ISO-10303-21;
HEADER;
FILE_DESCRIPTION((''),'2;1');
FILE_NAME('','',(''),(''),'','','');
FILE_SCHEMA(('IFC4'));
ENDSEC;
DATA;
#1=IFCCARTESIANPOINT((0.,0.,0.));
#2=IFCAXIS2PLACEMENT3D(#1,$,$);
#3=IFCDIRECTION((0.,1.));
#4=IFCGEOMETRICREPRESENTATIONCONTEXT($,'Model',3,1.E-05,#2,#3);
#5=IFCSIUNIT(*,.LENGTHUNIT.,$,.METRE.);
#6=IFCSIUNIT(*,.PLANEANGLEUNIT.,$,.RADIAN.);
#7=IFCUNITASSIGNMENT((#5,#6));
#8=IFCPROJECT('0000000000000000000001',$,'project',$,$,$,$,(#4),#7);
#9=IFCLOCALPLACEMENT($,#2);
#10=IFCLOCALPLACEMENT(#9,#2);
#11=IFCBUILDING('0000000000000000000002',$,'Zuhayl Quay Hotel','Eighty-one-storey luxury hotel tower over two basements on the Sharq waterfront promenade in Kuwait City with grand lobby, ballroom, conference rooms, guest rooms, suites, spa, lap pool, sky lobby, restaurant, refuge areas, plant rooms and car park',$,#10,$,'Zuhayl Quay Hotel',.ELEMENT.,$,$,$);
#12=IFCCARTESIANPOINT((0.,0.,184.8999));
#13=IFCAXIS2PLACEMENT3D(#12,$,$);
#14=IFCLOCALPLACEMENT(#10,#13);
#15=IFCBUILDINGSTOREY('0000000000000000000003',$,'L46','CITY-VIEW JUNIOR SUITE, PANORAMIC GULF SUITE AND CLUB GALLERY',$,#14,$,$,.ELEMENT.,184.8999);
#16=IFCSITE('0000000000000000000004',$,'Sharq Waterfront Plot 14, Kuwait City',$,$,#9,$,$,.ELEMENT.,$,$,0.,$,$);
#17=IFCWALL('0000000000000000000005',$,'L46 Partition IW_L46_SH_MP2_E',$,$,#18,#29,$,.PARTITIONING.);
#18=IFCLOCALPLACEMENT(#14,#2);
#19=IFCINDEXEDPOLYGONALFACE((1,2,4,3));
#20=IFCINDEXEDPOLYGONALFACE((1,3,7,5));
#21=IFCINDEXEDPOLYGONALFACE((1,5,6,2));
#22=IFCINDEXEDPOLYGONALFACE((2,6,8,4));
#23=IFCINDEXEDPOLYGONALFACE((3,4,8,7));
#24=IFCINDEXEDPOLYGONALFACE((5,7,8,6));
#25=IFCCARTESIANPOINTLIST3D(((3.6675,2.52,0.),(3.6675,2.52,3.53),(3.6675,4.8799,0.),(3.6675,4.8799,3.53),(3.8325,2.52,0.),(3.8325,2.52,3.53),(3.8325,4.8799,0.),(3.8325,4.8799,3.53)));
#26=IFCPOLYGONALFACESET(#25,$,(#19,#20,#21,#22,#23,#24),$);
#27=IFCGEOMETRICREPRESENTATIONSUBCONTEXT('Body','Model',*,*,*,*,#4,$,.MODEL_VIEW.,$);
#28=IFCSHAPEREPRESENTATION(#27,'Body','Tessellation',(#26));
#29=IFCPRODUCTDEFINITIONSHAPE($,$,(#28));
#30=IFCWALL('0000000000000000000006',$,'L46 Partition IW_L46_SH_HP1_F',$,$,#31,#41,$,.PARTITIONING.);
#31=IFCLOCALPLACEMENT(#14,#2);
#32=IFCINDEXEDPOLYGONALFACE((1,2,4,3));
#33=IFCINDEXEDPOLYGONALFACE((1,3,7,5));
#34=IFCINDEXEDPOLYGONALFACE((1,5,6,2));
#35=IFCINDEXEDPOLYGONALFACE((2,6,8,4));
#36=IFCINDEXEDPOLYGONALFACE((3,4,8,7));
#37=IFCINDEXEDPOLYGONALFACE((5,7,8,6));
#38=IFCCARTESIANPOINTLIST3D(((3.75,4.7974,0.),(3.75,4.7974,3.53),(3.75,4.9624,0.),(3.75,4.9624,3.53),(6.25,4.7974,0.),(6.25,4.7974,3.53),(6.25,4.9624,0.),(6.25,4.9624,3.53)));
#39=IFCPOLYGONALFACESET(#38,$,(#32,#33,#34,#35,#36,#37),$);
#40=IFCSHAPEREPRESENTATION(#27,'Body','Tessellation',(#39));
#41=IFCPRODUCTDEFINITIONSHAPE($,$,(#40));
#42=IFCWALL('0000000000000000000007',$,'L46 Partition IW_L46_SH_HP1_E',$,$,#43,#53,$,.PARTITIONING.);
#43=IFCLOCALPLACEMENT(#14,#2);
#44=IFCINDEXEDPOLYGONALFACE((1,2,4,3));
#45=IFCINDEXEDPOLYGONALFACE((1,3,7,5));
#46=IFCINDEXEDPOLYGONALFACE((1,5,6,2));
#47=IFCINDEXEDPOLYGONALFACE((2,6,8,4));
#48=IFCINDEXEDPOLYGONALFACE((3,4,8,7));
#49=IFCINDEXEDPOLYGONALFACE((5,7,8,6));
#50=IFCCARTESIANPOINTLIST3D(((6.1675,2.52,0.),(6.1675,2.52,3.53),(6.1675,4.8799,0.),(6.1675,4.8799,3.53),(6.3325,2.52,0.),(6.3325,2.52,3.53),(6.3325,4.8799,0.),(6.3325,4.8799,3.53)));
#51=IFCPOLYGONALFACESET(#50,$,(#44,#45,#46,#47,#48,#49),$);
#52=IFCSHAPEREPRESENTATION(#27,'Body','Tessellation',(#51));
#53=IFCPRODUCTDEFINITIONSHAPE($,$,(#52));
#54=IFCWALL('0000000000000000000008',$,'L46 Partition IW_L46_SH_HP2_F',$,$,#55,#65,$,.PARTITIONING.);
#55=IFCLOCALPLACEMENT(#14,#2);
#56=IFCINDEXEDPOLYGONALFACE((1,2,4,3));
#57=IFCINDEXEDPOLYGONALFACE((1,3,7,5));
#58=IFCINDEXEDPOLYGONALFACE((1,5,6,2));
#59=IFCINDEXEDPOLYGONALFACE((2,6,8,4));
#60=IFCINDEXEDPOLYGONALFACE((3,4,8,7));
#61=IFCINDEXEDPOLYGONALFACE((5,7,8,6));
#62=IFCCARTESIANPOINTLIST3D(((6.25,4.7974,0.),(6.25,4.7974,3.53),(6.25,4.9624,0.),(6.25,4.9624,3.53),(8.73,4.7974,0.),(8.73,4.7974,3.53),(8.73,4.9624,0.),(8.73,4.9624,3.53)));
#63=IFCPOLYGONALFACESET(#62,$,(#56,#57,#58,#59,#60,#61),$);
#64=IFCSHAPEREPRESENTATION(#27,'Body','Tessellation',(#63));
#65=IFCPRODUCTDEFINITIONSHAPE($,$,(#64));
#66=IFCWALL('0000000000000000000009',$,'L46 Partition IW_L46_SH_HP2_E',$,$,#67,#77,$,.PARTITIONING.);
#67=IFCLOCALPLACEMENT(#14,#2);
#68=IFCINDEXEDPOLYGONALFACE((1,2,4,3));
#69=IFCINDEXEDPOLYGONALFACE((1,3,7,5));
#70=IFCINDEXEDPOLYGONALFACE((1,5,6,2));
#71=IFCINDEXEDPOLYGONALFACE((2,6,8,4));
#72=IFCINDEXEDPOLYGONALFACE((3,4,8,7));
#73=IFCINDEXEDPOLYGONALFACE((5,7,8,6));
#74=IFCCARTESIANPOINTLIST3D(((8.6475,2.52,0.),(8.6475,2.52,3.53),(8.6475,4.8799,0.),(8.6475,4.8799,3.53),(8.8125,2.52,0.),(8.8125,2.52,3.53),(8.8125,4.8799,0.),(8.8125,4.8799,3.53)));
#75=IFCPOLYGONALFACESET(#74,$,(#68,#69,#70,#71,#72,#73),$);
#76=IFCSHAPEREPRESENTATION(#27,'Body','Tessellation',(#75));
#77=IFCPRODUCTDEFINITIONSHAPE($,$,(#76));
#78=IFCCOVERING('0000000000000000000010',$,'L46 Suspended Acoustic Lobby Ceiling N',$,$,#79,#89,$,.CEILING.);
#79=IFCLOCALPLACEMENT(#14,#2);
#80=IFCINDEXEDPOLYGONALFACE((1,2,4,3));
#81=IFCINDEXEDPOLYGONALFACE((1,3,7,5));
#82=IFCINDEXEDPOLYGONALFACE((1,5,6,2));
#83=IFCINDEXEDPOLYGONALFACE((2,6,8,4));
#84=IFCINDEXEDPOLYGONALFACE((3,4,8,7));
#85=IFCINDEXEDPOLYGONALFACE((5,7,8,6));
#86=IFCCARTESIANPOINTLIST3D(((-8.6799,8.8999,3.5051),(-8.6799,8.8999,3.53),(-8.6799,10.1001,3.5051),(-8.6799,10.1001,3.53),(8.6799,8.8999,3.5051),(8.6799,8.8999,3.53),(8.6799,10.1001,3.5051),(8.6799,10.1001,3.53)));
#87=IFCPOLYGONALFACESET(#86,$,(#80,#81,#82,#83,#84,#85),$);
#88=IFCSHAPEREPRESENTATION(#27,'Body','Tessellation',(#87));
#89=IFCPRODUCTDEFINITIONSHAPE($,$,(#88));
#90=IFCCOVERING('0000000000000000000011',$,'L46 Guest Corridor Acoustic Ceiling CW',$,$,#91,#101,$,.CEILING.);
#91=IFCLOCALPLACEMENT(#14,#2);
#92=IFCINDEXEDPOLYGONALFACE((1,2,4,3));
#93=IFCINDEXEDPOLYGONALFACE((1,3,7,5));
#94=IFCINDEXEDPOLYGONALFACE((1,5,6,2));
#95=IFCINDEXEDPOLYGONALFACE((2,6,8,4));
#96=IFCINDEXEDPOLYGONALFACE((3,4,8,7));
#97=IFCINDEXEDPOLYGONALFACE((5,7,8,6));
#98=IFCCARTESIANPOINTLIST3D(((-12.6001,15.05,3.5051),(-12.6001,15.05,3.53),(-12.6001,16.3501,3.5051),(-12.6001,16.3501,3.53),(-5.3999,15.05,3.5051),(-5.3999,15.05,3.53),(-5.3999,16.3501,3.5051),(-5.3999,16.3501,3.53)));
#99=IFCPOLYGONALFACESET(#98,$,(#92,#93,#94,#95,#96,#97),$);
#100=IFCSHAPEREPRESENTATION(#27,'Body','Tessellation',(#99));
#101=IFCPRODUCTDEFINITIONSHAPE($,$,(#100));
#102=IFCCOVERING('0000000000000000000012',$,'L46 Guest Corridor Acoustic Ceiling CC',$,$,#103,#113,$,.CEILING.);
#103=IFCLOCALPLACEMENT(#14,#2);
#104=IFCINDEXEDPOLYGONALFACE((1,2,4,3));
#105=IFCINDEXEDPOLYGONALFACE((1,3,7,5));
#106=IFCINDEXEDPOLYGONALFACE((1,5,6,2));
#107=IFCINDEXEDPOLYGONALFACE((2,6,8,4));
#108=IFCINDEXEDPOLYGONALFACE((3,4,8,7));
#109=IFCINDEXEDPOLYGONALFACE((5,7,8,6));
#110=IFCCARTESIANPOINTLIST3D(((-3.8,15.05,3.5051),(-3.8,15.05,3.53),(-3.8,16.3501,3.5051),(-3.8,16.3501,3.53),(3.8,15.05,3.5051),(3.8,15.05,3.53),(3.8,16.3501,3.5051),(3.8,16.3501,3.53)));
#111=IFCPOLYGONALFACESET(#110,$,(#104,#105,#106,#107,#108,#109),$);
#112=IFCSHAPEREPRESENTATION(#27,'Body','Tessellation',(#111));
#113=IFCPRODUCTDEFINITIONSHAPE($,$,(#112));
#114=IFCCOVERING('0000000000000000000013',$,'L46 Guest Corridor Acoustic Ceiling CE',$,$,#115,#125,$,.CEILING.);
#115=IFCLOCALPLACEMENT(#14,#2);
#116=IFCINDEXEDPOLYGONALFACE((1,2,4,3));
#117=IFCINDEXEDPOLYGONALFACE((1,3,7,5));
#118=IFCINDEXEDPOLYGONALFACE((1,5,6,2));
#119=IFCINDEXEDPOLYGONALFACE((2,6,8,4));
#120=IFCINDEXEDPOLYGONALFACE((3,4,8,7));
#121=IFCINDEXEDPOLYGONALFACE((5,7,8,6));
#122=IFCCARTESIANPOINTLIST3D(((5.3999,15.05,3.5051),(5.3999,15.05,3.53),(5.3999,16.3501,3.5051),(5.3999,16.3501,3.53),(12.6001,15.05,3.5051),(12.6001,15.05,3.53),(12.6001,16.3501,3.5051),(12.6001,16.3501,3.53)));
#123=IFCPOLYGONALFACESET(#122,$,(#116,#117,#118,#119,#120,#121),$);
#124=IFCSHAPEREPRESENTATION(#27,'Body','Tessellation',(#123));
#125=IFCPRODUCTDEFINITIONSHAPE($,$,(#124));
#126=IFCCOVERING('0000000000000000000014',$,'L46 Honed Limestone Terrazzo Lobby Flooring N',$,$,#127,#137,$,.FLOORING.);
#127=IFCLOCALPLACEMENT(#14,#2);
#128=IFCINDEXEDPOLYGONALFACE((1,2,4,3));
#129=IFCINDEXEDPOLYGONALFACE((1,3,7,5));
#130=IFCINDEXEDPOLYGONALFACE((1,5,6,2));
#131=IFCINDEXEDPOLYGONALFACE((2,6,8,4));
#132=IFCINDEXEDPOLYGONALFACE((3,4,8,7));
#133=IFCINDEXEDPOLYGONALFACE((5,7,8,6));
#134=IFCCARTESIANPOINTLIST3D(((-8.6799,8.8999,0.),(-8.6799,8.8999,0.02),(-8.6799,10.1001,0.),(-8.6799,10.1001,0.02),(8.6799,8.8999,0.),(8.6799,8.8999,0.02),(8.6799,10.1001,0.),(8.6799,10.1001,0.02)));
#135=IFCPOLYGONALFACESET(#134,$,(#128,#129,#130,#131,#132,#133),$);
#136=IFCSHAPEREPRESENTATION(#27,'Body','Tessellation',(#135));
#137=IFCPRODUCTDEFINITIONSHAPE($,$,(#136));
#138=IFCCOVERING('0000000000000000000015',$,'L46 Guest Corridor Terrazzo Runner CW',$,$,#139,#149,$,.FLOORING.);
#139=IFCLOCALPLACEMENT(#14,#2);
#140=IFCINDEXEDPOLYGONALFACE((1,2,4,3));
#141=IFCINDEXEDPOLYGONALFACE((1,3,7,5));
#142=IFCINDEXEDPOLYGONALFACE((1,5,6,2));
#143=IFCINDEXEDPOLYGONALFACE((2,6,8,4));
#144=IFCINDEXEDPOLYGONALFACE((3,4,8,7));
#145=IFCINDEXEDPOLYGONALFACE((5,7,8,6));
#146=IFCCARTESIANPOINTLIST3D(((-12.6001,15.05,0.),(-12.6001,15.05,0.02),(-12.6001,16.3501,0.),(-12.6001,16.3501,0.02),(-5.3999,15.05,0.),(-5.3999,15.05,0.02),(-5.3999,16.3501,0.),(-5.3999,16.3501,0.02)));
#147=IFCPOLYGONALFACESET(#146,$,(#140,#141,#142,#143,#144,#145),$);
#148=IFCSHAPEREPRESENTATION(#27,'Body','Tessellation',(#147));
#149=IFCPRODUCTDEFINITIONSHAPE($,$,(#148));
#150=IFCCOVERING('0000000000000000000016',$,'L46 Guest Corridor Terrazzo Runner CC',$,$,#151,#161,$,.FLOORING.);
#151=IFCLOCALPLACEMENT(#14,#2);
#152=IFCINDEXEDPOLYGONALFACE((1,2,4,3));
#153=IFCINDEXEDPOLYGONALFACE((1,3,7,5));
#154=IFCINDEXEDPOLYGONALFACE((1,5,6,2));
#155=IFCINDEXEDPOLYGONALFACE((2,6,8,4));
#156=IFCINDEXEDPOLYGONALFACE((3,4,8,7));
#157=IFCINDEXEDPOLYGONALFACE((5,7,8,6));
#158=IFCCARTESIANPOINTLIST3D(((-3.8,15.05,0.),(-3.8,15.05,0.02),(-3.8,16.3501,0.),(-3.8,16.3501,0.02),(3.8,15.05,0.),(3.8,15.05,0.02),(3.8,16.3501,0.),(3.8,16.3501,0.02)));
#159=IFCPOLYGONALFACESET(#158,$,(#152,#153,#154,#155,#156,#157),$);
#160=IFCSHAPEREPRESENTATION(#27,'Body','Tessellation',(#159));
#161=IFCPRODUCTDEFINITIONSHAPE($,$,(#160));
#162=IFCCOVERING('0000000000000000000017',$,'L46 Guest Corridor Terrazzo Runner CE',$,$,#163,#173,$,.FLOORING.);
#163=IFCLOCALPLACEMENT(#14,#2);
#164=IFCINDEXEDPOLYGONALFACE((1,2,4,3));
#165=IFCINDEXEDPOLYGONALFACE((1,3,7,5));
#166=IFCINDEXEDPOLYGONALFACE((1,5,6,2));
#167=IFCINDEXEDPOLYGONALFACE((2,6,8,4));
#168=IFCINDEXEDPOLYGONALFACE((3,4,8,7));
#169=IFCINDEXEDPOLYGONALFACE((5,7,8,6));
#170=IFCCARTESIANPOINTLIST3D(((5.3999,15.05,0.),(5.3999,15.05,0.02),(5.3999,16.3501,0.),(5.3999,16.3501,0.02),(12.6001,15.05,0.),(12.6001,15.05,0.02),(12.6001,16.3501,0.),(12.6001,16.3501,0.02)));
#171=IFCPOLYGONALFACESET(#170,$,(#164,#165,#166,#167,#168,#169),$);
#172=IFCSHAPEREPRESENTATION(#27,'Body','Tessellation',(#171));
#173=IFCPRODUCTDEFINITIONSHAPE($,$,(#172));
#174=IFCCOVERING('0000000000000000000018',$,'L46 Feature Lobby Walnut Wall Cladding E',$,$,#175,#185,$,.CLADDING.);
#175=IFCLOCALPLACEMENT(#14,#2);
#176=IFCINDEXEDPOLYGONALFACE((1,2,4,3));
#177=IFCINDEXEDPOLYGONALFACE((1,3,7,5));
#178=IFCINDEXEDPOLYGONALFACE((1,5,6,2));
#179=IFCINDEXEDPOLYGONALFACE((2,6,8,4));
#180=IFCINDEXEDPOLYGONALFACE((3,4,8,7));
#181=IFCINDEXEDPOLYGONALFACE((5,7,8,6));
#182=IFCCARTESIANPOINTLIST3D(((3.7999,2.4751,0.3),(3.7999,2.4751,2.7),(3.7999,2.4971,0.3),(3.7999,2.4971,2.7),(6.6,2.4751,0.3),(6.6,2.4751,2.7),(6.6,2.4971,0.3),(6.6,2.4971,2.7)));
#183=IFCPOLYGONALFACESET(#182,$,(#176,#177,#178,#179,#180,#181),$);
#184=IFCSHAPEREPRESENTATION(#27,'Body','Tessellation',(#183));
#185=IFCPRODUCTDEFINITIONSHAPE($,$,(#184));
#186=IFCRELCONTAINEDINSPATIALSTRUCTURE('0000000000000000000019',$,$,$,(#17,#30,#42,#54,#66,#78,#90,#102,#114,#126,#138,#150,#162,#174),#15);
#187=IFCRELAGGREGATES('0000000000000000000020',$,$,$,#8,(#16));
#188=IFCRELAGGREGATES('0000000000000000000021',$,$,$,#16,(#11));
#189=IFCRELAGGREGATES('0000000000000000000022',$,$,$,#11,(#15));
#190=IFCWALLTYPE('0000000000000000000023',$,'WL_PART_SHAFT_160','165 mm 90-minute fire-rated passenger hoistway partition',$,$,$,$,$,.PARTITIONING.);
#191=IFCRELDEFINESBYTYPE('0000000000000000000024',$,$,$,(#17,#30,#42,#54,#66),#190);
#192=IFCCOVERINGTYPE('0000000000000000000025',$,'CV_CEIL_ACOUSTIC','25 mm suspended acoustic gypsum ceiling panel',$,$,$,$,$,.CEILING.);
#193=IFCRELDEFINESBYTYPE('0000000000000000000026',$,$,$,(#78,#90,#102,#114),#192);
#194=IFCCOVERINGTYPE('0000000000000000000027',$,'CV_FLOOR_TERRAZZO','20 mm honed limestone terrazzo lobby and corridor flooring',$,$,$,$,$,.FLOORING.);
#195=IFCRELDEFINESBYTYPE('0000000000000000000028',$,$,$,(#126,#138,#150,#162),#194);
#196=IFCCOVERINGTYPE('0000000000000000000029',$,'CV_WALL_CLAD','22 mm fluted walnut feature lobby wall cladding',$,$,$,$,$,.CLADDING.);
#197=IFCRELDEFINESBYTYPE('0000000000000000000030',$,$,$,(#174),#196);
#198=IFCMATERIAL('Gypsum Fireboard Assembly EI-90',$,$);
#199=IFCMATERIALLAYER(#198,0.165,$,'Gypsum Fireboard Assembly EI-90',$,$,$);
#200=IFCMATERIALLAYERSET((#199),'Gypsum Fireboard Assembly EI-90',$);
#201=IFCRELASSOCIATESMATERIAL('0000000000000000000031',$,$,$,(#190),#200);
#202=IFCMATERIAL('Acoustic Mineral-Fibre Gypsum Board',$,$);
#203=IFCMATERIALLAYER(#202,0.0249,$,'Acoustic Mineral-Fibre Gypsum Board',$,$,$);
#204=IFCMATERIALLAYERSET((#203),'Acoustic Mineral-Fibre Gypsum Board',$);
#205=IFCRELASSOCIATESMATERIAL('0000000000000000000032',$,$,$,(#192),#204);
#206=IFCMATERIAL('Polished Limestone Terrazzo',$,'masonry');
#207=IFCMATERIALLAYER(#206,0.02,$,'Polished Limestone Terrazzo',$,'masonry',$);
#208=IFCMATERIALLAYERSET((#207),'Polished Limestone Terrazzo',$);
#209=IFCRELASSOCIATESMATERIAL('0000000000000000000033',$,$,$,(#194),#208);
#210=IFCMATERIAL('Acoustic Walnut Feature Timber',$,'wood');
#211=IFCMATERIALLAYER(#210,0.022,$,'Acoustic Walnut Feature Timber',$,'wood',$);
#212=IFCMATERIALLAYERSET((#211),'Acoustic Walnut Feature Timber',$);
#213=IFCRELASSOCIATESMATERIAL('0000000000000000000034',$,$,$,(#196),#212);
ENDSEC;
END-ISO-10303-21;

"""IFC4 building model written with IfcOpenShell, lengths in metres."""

from ifc_helpers import new_model, si_unit, direction, frame, frame_2d, origin, origin_2d, place, context, subcontext, project, spatial, polyline, rectangle, outline, extrude, material, layer, layer_set, type_object, element, save


model = new_model("IFC4")

# Units and contexts
model_context = context("Model", 3, precision=1e-05, world=origin(), true_north=direction((0.0, 1.0)))
body_context = subcontext(model_context, "Body", "Model", "MODEL_VIEW")
ifc_project = project(units=[si_unit("LENGTHUNIT", "METRE"), si_unit("PLANEANGLEUNIT", "RADIAN")], contexts=[model_context])

# Site, building, storey
site_placement = place(None, origin())
site = spatial("IfcSite", under=ifc_project, at=site_placement, Name="Sharq Waterfront Plot 14, Kuwait City", CompositionType="ELEMENT", RefElevation=0.0)
building_placement = place(site_placement, origin())
building = spatial("IfcBuilding", under=site, at=building_placement, Name="Zuhayl Quay Hotel", Description="Eighty-one-storey luxury hotel tower over two basements on the Sharq waterfront promenade in Kuwait City with grand lobby, ballroom, conference rooms, guest rooms, suites, spa, lap pool, sky lobby, restaurant, refuge areas, plant rooms and car park", LongName="Zuhayl Quay Hotel", CompositionType="ELEMENT")
storey_placement = place(building_placement, frame((0.0, 0.0, 184.8999)))
storey = spatial("IfcBuildingStorey", under=building, at=storey_placement, Name="L46", Description="CITY-VIEW JUNIOR SUITE, PANORAMIC GULF SUITE AND CLUB GALLERY", CompositionType="ELEMENT", Elevation=184.8999)

# Shared definitions
ifc_material_1 = material(Name="Gypsum Fireboard Assembly EI-90")
ifc_layer_1 = layer(ifc_material_1, 0.165, Name="Gypsum Fireboard Assembly EI-90")
ifc_layer_set_1 = layer_set([ifc_layer_1], Name="Gypsum Fireboard Assembly EI-90")
wall_type_1 = type_object("IfcWallType", Name="WL_PART_SHAFT_160", Description="165 mm 90-minute fire-rated passenger hoistway partition", PredefinedType="PARTITIONING", material=ifc_layer_set_1)

# Walls
for number, where, z_axis, x_axis, name in (
    (1, (3.75, 2.52, 0.0), (0.0, 0.0, 1.0), (0.0, 1.0, 0.0), "L46 Partition IW_L46_SH_MP2_E"),
):
    element("IfcWall", number, at=place(storey_placement, frame(where, z_axis=z_axis, x_axis=x_axis)), inside=storey, type_object=wall_type_1, Name=name, PredefinedType="PARTITIONING", context=body_context, shape_type="SweptSolid", body=[
        extrude(rectangle(XDim=2.3599, YDim=0.165, at=frame_2d((1.1799, 0.0))), origin(), (0.0, 0.0, 1.0), 3.53),
    ])
wall_1_placement = place(storey_placement, frame((3.75, 4.8799, 0.0), z_axis=(0.0, 0.0, 1.0), x_axis=(1.0, 0.0, 0.0)))
element("IfcWall", 2, at=wall_1_placement, inside=storey, type_object=wall_type_1, Name="L46 Partition IW_L46_SH_HP1_F", PredefinedType="PARTITIONING", context=body_context, shape_type="SweptSolid", body=[
    extrude(rectangle(XDim=2.5, YDim=0.165, at=frame_2d((1.25, 0.0))), origin(), (0.0, 0.0, 1.0), 3.53),
])
wall_2_placement = place(storey_placement, frame((6.25, 2.52, 0.0), z_axis=(0.0, 0.0, 1.0), x_axis=(0.0, 1.0, 0.0)))
element("IfcWall", 3, at=wall_2_placement, inside=storey, type_object=wall_type_1, Name="L46 Partition IW_L46_SH_HP1_E", PredefinedType="PARTITIONING", context=body_context, shape_type="SweptSolid", body=[
    extrude(rectangle(XDim=2.3599, YDim=0.165, at=frame_2d((1.1799, 0.0))), origin(), (0.0, 0.0, 1.0), 3.53),
])
wall_3_placement = place(storey_placement, frame((6.25, 4.8799, 0.0), z_axis=(0.0, 0.0, 1.0), x_axis=(1.0, 0.0, 0.0)))
element("IfcWall", 4, at=wall_3_placement, inside=storey, type_object=wall_type_1, Name="L46 Partition IW_L46_SH_HP2_F", PredefinedType="PARTITIONING", context=body_context, shape_type="SweptSolid", body=[
    extrude(rectangle(XDim=2.48, YDim=0.165, at=frame_2d((1.24, 0.0))), origin(), (0.0, 0.0, 1.0), 3.53),
])
wall_4_placement = place(storey_placement, frame((8.73, 2.52, 0.0), z_axis=(0.0, 0.0, 1.0), x_axis=(0.0, 1.0, 0.0)))
element("IfcWall", 5, at=wall_4_placement, inside=storey, type_object=wall_type_1, Name="L46 Partition IW_L46_SH_HP2_E", PredefinedType="PARTITIONING", context=body_context, shape_type="SweptSolid", body=[
    extrude(rectangle(XDim=2.3599, YDim=0.165, at=frame_2d((1.1799, 0.0))), origin(), (0.0, 0.0, 1.0), 3.53),
])

# Coverings
ifc_material_2 = material(Name="Acoustic Mineral-Fibre Gypsum Board")
ifc_layer_2 = layer(ifc_material_2, 0.0249, Name="Acoustic Mineral-Fibre Gypsum Board")
ifc_layer_set_2 = layer_set([ifc_layer_2], Name="Acoustic Mineral-Fibre Gypsum Board")
covering_type_1 = type_object("IfcCoveringType", Name="CV_CEIL_ACOUSTIC", Description="25 mm suspended acoustic gypsum ceiling panel", PredefinedType="CEILING", material=ifc_layer_set_2)
covering_1_placement = place(storey_placement, frame((0.0, 0.0, 3.5051)))
element("IfcCovering", 6, at=covering_1_placement, inside=storey, type_object=covering_type_1, Name="L46 Suspended Acoustic Lobby Ceiling N", PredefinedType="CEILING", context=body_context, shape_type="SweptSolid", body=[
    extrude(outline(polyline([(-8.6799, 8.8999), (8.6799, 8.8999), (8.6799, 10.1001), (-8.6799, 10.1001), (-8.6799, 8.8999)])), origin(), (0.0, 0.0, 1.0), 0.0249),
])
covering_2_placement = place(storey_placement, frame((0.0, 0.0, 3.5051)))
element("IfcCovering", 7, at=covering_2_placement, inside=storey, type_object=covering_type_1, Name="L46 Guest Corridor Acoustic Ceiling CW", PredefinedType="CEILING", context=body_context, shape_type="SweptSolid", body=[
    extrude(outline(polyline([(-12.6001, 15.05), (-5.3999, 15.05), (-5.3999, 16.3501), (-12.6001, 16.3501), (-12.6001, 15.05)])), origin(), (0.0, 0.0, 1.0), 0.0249),
])
covering_3_placement = place(storey_placement, frame((0.0, 0.0, 3.5051)))
element("IfcCovering", 8, at=covering_3_placement, inside=storey, type_object=covering_type_1, Name="L46 Guest Corridor Acoustic Ceiling CC", PredefinedType="CEILING", context=body_context, shape_type="SweptSolid", body=[
    extrude(outline(polyline([(-3.8, 15.05), (3.8, 15.05), (3.8, 16.3501), (-3.8, 16.3501), (-3.8, 15.05)])), origin(), (0.0, 0.0, 1.0), 0.0249),
])
covering_4_placement = place(storey_placement, frame((0.0, 0.0, 3.5051)))
element("IfcCovering", 9, at=covering_4_placement, inside=storey, type_object=covering_type_1, Name="L46 Guest Corridor Acoustic Ceiling CE", PredefinedType="CEILING", context=body_context, shape_type="SweptSolid", body=[
    extrude(outline(polyline([(5.3999, 15.05), (12.6001, 15.05), (12.6001, 16.3501), (5.3999, 16.3501), (5.3999, 15.05)])), origin(), (0.0, 0.0, 1.0), 0.0249),
])
ifc_material_3 = material(Name="Polished Limestone Terrazzo", Category="masonry")
ifc_layer_3 = layer(ifc_material_3, 0.02, Name="Polished Limestone Terrazzo", Category="masonry")
ifc_layer_set_3 = layer_set([ifc_layer_3], Name="Polished Limestone Terrazzo")
covering_type_2 = type_object("IfcCoveringType", Name="CV_FLOOR_TERRAZZO", Description="20 mm honed limestone terrazzo lobby and corridor flooring", PredefinedType="FLOORING", material=ifc_layer_set_3)
covering_5_placement = place(storey_placement, origin())
element("IfcCovering", 10, at=covering_5_placement, inside=storey, type_object=covering_type_2, Name="L46 Honed Limestone Terrazzo Lobby Flooring N", PredefinedType="FLOORING", context=body_context, shape_type="SweptSolid", body=[
    extrude(outline(polyline([(-8.6799, 8.8999), (8.6799, 8.8999), (8.6799, 10.1001), (-8.6799, 10.1001), (-8.6799, 8.8999)])), origin(), (0.0, 0.0, 1.0), 0.02),
])
covering_6_placement = place(storey_placement, origin())
element("IfcCovering", 11, at=covering_6_placement, inside=storey, type_object=covering_type_2, Name="L46 Guest Corridor Terrazzo Runner CW", PredefinedType="FLOORING", context=body_context, shape_type="SweptSolid", body=[
    extrude(outline(polyline([(-12.6001, 15.05), (-5.3999, 15.05), (-5.3999, 16.3501), (-12.6001, 16.3501), (-12.6001, 15.05)])), origin(), (0.0, 0.0, 1.0), 0.02),
])
covering_7_placement = place(storey_placement, origin())
element("IfcCovering", 12, at=covering_7_placement, inside=storey, type_object=covering_type_2, Name="L46 Guest Corridor Terrazzo Runner CC", PredefinedType="FLOORING", context=body_context, shape_type="SweptSolid", body=[
    extrude(outline(polyline([(-3.8, 15.05), (3.8, 15.05), (3.8, 16.3501), (-3.8, 16.3501), (-3.8, 15.05)])), origin(), (0.0, 0.0, 1.0), 0.02),
])
covering_8_placement = place(storey_placement, origin())
element("IfcCovering", 13, at=covering_8_placement, inside=storey, type_object=covering_type_2, Name="L46 Guest Corridor Terrazzo Runner CE", PredefinedType="FLOORING", context=body_context, shape_type="SweptSolid", body=[
    extrude(outline(polyline([(5.3999, 15.05), (12.6001, 15.05), (12.6001, 16.3501), (5.3999, 16.3501), (5.3999, 15.05)])), origin(), (0.0, 0.0, 1.0), 0.02),
])
ifc_material_4 = material(Name="Acoustic Walnut Feature Timber", Category="wood")
ifc_layer_4 = layer(ifc_material_4, 0.022, Name="Acoustic Walnut Feature Timber", Category="wood")
ifc_layer_set_4 = layer_set([ifc_layer_4], Name="Acoustic Walnut Feature Timber")
covering_type_3 = type_object("IfcCoveringType", Name="CV_WALL_CLAD", Description="22 mm fluted walnut feature lobby wall cladding", PredefinedType="CLADDING", material=ifc_layer_set_4)
covering_9_placement = place(storey_placement, frame((5.2, 2.4861, 0.3), z_axis=(0.0, 0.0, 1.0), x_axis=(1.0, 0.0, 0.0)))
element("IfcCovering", 14, at=covering_9_placement, inside=storey, type_object=covering_type_3, Name="L46 Feature Lobby Walnut Wall Cladding E", PredefinedType="CLADDING", context=body_context, shape_type="SweptSolid", body=[
    extrude(rectangle(XDim=2.8, YDim=0.022, at=origin_2d()), origin(), (0.0, 0.0, 1.0), 2.3999),
])

save(model, "model.ifc")
